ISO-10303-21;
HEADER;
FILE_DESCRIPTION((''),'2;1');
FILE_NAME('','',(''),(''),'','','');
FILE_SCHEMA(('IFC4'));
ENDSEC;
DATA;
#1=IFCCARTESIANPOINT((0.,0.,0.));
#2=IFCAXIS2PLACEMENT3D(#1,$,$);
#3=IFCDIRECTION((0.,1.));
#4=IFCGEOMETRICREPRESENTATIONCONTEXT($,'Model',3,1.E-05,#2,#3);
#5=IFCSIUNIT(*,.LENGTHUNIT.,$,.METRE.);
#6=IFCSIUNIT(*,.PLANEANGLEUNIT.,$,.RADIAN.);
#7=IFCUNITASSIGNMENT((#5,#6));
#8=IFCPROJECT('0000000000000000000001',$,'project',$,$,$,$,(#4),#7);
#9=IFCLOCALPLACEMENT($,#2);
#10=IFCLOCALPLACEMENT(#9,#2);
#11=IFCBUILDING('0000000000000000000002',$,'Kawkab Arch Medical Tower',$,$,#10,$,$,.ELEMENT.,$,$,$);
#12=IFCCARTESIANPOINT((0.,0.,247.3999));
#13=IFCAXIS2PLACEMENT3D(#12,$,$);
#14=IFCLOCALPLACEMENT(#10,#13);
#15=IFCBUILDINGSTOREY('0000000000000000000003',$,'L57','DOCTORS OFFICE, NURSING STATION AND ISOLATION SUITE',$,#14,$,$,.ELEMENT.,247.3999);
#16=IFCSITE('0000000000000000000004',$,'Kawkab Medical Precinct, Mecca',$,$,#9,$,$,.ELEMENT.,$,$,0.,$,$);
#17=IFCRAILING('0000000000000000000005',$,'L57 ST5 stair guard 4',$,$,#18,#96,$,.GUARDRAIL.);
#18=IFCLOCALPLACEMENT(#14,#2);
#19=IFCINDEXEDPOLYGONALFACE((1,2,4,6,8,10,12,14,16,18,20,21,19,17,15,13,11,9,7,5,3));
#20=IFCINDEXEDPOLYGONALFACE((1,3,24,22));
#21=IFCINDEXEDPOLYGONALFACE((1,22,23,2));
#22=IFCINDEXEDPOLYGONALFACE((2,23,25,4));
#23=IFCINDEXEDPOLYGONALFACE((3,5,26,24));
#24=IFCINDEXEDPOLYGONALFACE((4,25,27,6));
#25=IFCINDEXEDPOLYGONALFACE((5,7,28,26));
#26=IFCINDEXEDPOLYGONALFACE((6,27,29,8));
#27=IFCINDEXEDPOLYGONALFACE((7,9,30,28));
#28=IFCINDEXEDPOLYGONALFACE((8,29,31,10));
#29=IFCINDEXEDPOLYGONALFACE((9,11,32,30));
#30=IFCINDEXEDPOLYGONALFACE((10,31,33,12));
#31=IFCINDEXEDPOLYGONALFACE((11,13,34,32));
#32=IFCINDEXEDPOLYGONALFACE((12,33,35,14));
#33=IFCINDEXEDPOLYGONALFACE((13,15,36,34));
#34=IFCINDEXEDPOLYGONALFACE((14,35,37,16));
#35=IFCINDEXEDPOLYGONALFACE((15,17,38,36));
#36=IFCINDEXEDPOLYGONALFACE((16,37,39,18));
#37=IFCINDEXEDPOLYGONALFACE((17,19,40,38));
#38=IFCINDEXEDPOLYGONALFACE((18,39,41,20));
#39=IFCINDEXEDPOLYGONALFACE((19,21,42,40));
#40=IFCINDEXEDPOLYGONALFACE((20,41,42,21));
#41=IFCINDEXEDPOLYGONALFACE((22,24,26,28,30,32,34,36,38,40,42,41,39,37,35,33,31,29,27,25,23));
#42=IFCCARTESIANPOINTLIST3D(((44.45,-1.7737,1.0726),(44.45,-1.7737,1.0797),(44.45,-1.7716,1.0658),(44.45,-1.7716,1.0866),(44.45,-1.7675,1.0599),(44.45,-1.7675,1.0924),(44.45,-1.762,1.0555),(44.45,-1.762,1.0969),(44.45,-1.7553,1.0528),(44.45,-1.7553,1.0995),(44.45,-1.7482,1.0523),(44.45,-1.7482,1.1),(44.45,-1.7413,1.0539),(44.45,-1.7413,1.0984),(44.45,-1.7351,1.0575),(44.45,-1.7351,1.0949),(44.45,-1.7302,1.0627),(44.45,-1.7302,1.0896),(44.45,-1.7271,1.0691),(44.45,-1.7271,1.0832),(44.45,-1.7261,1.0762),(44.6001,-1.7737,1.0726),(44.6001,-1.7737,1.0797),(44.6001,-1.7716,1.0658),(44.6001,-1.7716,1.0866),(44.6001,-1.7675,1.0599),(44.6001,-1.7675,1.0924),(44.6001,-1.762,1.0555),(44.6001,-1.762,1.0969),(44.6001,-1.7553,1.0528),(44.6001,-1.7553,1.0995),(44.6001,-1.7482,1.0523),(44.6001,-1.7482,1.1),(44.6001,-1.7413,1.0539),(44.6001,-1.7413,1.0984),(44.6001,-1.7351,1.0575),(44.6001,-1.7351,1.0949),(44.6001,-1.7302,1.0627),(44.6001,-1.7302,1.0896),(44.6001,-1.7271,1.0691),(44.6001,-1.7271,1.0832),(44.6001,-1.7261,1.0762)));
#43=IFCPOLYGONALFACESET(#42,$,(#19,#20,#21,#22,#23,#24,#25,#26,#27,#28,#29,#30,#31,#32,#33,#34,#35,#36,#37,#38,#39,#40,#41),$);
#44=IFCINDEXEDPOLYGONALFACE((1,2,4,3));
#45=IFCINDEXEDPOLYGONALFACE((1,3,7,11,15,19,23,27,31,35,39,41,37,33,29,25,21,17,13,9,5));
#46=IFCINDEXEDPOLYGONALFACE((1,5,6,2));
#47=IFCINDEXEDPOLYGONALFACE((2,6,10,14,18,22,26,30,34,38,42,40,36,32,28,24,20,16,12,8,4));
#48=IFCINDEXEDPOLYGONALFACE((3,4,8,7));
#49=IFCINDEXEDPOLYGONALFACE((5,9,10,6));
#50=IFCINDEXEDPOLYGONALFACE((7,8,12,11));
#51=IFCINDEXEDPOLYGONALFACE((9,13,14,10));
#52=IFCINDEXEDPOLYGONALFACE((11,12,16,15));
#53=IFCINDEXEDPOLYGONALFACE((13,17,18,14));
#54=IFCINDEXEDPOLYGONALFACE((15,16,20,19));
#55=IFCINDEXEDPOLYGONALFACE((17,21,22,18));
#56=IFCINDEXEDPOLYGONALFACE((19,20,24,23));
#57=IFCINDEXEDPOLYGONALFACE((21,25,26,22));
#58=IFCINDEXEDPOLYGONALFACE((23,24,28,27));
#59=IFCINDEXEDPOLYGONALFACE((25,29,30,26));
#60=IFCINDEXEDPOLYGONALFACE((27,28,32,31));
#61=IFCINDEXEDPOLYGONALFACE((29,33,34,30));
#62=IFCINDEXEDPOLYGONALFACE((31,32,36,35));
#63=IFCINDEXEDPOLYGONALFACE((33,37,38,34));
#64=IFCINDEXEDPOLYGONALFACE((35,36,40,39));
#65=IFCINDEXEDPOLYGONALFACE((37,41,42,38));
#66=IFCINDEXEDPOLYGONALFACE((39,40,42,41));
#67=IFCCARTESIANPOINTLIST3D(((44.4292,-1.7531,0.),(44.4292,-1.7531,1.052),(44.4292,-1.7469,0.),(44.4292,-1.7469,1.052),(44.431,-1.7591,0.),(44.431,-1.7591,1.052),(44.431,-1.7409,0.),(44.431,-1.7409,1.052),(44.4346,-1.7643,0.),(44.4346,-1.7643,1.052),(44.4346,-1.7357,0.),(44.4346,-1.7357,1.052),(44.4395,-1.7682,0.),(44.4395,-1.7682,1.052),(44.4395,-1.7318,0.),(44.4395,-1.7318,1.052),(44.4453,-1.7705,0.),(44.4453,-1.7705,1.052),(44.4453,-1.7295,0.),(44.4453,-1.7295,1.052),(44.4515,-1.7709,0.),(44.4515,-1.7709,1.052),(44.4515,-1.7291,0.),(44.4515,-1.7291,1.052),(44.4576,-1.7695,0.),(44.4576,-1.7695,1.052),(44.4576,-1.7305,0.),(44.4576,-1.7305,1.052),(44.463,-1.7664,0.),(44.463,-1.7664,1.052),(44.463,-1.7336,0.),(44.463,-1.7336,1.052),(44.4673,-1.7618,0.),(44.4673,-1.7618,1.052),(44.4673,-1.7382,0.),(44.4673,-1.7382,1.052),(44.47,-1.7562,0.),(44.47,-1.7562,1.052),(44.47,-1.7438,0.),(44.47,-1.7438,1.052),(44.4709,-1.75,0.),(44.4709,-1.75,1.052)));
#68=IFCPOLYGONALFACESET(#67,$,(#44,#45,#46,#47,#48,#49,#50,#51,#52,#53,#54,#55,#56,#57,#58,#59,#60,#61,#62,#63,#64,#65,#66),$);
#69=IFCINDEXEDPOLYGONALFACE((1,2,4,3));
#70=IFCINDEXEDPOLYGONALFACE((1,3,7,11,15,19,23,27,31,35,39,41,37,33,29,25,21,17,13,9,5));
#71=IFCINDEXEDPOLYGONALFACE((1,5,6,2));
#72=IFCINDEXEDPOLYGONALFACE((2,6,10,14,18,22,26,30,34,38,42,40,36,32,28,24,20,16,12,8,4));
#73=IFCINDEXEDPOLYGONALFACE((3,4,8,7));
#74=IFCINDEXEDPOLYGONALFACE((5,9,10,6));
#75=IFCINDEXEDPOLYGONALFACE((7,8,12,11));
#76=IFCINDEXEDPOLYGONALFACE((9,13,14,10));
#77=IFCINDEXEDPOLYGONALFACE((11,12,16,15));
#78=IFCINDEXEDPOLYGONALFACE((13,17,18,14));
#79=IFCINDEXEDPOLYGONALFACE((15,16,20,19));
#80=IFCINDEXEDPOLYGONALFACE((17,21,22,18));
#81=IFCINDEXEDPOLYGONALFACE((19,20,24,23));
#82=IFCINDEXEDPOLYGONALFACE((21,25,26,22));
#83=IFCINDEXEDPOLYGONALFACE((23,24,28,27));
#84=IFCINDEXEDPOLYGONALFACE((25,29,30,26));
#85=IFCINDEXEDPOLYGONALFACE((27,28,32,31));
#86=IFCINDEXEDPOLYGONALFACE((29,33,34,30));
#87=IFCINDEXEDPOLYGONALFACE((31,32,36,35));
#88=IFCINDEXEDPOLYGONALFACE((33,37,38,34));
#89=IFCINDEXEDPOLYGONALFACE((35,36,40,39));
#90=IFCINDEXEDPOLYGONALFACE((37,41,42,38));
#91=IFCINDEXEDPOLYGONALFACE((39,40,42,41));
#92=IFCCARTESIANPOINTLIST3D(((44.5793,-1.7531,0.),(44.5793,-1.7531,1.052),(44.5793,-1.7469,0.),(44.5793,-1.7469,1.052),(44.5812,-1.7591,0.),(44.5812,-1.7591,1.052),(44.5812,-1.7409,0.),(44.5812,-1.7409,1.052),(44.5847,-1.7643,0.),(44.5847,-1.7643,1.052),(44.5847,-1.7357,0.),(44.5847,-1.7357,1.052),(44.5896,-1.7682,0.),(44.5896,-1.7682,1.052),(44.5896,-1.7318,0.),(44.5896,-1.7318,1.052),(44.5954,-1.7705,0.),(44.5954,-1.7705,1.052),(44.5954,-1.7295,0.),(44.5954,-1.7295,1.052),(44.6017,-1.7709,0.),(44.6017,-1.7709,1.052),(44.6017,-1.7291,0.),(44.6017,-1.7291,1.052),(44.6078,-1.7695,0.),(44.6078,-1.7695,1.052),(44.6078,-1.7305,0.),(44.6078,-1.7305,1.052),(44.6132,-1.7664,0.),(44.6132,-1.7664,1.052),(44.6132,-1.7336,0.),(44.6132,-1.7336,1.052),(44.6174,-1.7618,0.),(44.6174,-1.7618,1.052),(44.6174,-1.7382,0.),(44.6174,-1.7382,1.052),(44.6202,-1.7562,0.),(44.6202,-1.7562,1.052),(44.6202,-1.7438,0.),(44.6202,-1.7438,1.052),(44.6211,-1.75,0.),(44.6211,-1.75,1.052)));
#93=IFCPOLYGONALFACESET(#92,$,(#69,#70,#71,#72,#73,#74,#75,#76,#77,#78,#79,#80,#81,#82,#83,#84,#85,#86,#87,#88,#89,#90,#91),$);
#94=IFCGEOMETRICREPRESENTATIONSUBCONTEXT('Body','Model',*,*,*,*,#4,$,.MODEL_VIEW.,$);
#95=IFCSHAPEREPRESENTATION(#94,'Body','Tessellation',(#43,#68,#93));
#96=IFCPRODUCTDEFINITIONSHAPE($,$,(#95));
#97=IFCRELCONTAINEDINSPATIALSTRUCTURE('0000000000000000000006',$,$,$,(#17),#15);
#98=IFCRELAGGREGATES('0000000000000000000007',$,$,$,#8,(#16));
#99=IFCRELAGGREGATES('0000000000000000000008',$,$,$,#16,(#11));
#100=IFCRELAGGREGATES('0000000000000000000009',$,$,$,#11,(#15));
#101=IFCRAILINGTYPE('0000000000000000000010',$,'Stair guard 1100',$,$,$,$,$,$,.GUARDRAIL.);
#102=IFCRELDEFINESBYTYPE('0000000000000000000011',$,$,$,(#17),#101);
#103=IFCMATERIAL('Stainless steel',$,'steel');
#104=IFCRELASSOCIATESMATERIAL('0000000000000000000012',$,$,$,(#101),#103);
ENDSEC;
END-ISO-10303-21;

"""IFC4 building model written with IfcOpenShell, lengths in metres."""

from ifc_helpers import new_model, si_unit, direction, frame, origin, origin_2d, place, context, subcontext, project, spatial, circle, extrude, material, type_object, element, save


model = new_model("IFC4")

# Units and contexts
model_context = context("Model", 3, precision=1e-05, world=origin(), true_north=direction((0.0, 1.0)))
body_context = subcontext(model_context, "Body", "Model", "MODEL_VIEW")
ifc_project = project(units=[si_unit("LENGTHUNIT", "METRE"), si_unit("PLANEANGLEUNIT", "RADIAN")], contexts=[model_context])

# Site, building, storey
site_placement = place(None, origin())
site = spatial("IfcSite", under=ifc_project, at=site_placement, Name="Kawkab Medical Precinct, Mecca", CompositionType="ELEMENT", RefElevation=0.0)
building_placement = place(site_placement, origin())
building = spatial("IfcBuilding", under=site, at=building_placement, Name="Kawkab Arch Medical Tower", CompositionType="ELEMENT")
storey_placement = place(building_placement, frame((0.0, 0.0, 247.3999)))
storey = spatial("IfcBuildingStorey", under=building, at=storey_placement, Name="L57", Description="DOCTORS OFFICE, NURSING STATION AND ISOLATION SUITE", CompositionType="ELEMENT", Elevation=247.3999)

# Railing
ifc_material_1 = material(Name="Stainless steel", Category="steel")
railing_type_1 = type_object("IfcRailingType", Name="Stair guard 1100", PredefinedType="GUARDRAIL", material=ifc_material_1)
railing_1_placement = place(storey_placement, frame((44.45, -1.75, 0.0)))
element("IfcRailing", 1, at=railing_1_placement, inside=storey, type_object=railing_type_1, Name="L57 ST5 stair guard 4", PredefinedType="GUARDRAIL", context=body_context, shape_type="SweptSolid", body=[
    extrude(circle(Radius=0.0239, at=origin_2d()), frame((0.0, 0.0, 1.0762), z_axis=(1.0, 0.0, 0.0), x_axis=(0.0, 1.0, 0.0)), (0.0, 0.0, 1.0), 0.1501),
    extrude(circle(Radius=0.021, at=origin_2d()), origin(), (0.0, 0.0, 1.0), 1.052),
    extrude(circle(Radius=0.021, at=origin_2d()), frame((0.1501, 0.0, 0.0)), (0.0, 0.0, 1.0), 1.052),
])

save(model, "model.ifc")
